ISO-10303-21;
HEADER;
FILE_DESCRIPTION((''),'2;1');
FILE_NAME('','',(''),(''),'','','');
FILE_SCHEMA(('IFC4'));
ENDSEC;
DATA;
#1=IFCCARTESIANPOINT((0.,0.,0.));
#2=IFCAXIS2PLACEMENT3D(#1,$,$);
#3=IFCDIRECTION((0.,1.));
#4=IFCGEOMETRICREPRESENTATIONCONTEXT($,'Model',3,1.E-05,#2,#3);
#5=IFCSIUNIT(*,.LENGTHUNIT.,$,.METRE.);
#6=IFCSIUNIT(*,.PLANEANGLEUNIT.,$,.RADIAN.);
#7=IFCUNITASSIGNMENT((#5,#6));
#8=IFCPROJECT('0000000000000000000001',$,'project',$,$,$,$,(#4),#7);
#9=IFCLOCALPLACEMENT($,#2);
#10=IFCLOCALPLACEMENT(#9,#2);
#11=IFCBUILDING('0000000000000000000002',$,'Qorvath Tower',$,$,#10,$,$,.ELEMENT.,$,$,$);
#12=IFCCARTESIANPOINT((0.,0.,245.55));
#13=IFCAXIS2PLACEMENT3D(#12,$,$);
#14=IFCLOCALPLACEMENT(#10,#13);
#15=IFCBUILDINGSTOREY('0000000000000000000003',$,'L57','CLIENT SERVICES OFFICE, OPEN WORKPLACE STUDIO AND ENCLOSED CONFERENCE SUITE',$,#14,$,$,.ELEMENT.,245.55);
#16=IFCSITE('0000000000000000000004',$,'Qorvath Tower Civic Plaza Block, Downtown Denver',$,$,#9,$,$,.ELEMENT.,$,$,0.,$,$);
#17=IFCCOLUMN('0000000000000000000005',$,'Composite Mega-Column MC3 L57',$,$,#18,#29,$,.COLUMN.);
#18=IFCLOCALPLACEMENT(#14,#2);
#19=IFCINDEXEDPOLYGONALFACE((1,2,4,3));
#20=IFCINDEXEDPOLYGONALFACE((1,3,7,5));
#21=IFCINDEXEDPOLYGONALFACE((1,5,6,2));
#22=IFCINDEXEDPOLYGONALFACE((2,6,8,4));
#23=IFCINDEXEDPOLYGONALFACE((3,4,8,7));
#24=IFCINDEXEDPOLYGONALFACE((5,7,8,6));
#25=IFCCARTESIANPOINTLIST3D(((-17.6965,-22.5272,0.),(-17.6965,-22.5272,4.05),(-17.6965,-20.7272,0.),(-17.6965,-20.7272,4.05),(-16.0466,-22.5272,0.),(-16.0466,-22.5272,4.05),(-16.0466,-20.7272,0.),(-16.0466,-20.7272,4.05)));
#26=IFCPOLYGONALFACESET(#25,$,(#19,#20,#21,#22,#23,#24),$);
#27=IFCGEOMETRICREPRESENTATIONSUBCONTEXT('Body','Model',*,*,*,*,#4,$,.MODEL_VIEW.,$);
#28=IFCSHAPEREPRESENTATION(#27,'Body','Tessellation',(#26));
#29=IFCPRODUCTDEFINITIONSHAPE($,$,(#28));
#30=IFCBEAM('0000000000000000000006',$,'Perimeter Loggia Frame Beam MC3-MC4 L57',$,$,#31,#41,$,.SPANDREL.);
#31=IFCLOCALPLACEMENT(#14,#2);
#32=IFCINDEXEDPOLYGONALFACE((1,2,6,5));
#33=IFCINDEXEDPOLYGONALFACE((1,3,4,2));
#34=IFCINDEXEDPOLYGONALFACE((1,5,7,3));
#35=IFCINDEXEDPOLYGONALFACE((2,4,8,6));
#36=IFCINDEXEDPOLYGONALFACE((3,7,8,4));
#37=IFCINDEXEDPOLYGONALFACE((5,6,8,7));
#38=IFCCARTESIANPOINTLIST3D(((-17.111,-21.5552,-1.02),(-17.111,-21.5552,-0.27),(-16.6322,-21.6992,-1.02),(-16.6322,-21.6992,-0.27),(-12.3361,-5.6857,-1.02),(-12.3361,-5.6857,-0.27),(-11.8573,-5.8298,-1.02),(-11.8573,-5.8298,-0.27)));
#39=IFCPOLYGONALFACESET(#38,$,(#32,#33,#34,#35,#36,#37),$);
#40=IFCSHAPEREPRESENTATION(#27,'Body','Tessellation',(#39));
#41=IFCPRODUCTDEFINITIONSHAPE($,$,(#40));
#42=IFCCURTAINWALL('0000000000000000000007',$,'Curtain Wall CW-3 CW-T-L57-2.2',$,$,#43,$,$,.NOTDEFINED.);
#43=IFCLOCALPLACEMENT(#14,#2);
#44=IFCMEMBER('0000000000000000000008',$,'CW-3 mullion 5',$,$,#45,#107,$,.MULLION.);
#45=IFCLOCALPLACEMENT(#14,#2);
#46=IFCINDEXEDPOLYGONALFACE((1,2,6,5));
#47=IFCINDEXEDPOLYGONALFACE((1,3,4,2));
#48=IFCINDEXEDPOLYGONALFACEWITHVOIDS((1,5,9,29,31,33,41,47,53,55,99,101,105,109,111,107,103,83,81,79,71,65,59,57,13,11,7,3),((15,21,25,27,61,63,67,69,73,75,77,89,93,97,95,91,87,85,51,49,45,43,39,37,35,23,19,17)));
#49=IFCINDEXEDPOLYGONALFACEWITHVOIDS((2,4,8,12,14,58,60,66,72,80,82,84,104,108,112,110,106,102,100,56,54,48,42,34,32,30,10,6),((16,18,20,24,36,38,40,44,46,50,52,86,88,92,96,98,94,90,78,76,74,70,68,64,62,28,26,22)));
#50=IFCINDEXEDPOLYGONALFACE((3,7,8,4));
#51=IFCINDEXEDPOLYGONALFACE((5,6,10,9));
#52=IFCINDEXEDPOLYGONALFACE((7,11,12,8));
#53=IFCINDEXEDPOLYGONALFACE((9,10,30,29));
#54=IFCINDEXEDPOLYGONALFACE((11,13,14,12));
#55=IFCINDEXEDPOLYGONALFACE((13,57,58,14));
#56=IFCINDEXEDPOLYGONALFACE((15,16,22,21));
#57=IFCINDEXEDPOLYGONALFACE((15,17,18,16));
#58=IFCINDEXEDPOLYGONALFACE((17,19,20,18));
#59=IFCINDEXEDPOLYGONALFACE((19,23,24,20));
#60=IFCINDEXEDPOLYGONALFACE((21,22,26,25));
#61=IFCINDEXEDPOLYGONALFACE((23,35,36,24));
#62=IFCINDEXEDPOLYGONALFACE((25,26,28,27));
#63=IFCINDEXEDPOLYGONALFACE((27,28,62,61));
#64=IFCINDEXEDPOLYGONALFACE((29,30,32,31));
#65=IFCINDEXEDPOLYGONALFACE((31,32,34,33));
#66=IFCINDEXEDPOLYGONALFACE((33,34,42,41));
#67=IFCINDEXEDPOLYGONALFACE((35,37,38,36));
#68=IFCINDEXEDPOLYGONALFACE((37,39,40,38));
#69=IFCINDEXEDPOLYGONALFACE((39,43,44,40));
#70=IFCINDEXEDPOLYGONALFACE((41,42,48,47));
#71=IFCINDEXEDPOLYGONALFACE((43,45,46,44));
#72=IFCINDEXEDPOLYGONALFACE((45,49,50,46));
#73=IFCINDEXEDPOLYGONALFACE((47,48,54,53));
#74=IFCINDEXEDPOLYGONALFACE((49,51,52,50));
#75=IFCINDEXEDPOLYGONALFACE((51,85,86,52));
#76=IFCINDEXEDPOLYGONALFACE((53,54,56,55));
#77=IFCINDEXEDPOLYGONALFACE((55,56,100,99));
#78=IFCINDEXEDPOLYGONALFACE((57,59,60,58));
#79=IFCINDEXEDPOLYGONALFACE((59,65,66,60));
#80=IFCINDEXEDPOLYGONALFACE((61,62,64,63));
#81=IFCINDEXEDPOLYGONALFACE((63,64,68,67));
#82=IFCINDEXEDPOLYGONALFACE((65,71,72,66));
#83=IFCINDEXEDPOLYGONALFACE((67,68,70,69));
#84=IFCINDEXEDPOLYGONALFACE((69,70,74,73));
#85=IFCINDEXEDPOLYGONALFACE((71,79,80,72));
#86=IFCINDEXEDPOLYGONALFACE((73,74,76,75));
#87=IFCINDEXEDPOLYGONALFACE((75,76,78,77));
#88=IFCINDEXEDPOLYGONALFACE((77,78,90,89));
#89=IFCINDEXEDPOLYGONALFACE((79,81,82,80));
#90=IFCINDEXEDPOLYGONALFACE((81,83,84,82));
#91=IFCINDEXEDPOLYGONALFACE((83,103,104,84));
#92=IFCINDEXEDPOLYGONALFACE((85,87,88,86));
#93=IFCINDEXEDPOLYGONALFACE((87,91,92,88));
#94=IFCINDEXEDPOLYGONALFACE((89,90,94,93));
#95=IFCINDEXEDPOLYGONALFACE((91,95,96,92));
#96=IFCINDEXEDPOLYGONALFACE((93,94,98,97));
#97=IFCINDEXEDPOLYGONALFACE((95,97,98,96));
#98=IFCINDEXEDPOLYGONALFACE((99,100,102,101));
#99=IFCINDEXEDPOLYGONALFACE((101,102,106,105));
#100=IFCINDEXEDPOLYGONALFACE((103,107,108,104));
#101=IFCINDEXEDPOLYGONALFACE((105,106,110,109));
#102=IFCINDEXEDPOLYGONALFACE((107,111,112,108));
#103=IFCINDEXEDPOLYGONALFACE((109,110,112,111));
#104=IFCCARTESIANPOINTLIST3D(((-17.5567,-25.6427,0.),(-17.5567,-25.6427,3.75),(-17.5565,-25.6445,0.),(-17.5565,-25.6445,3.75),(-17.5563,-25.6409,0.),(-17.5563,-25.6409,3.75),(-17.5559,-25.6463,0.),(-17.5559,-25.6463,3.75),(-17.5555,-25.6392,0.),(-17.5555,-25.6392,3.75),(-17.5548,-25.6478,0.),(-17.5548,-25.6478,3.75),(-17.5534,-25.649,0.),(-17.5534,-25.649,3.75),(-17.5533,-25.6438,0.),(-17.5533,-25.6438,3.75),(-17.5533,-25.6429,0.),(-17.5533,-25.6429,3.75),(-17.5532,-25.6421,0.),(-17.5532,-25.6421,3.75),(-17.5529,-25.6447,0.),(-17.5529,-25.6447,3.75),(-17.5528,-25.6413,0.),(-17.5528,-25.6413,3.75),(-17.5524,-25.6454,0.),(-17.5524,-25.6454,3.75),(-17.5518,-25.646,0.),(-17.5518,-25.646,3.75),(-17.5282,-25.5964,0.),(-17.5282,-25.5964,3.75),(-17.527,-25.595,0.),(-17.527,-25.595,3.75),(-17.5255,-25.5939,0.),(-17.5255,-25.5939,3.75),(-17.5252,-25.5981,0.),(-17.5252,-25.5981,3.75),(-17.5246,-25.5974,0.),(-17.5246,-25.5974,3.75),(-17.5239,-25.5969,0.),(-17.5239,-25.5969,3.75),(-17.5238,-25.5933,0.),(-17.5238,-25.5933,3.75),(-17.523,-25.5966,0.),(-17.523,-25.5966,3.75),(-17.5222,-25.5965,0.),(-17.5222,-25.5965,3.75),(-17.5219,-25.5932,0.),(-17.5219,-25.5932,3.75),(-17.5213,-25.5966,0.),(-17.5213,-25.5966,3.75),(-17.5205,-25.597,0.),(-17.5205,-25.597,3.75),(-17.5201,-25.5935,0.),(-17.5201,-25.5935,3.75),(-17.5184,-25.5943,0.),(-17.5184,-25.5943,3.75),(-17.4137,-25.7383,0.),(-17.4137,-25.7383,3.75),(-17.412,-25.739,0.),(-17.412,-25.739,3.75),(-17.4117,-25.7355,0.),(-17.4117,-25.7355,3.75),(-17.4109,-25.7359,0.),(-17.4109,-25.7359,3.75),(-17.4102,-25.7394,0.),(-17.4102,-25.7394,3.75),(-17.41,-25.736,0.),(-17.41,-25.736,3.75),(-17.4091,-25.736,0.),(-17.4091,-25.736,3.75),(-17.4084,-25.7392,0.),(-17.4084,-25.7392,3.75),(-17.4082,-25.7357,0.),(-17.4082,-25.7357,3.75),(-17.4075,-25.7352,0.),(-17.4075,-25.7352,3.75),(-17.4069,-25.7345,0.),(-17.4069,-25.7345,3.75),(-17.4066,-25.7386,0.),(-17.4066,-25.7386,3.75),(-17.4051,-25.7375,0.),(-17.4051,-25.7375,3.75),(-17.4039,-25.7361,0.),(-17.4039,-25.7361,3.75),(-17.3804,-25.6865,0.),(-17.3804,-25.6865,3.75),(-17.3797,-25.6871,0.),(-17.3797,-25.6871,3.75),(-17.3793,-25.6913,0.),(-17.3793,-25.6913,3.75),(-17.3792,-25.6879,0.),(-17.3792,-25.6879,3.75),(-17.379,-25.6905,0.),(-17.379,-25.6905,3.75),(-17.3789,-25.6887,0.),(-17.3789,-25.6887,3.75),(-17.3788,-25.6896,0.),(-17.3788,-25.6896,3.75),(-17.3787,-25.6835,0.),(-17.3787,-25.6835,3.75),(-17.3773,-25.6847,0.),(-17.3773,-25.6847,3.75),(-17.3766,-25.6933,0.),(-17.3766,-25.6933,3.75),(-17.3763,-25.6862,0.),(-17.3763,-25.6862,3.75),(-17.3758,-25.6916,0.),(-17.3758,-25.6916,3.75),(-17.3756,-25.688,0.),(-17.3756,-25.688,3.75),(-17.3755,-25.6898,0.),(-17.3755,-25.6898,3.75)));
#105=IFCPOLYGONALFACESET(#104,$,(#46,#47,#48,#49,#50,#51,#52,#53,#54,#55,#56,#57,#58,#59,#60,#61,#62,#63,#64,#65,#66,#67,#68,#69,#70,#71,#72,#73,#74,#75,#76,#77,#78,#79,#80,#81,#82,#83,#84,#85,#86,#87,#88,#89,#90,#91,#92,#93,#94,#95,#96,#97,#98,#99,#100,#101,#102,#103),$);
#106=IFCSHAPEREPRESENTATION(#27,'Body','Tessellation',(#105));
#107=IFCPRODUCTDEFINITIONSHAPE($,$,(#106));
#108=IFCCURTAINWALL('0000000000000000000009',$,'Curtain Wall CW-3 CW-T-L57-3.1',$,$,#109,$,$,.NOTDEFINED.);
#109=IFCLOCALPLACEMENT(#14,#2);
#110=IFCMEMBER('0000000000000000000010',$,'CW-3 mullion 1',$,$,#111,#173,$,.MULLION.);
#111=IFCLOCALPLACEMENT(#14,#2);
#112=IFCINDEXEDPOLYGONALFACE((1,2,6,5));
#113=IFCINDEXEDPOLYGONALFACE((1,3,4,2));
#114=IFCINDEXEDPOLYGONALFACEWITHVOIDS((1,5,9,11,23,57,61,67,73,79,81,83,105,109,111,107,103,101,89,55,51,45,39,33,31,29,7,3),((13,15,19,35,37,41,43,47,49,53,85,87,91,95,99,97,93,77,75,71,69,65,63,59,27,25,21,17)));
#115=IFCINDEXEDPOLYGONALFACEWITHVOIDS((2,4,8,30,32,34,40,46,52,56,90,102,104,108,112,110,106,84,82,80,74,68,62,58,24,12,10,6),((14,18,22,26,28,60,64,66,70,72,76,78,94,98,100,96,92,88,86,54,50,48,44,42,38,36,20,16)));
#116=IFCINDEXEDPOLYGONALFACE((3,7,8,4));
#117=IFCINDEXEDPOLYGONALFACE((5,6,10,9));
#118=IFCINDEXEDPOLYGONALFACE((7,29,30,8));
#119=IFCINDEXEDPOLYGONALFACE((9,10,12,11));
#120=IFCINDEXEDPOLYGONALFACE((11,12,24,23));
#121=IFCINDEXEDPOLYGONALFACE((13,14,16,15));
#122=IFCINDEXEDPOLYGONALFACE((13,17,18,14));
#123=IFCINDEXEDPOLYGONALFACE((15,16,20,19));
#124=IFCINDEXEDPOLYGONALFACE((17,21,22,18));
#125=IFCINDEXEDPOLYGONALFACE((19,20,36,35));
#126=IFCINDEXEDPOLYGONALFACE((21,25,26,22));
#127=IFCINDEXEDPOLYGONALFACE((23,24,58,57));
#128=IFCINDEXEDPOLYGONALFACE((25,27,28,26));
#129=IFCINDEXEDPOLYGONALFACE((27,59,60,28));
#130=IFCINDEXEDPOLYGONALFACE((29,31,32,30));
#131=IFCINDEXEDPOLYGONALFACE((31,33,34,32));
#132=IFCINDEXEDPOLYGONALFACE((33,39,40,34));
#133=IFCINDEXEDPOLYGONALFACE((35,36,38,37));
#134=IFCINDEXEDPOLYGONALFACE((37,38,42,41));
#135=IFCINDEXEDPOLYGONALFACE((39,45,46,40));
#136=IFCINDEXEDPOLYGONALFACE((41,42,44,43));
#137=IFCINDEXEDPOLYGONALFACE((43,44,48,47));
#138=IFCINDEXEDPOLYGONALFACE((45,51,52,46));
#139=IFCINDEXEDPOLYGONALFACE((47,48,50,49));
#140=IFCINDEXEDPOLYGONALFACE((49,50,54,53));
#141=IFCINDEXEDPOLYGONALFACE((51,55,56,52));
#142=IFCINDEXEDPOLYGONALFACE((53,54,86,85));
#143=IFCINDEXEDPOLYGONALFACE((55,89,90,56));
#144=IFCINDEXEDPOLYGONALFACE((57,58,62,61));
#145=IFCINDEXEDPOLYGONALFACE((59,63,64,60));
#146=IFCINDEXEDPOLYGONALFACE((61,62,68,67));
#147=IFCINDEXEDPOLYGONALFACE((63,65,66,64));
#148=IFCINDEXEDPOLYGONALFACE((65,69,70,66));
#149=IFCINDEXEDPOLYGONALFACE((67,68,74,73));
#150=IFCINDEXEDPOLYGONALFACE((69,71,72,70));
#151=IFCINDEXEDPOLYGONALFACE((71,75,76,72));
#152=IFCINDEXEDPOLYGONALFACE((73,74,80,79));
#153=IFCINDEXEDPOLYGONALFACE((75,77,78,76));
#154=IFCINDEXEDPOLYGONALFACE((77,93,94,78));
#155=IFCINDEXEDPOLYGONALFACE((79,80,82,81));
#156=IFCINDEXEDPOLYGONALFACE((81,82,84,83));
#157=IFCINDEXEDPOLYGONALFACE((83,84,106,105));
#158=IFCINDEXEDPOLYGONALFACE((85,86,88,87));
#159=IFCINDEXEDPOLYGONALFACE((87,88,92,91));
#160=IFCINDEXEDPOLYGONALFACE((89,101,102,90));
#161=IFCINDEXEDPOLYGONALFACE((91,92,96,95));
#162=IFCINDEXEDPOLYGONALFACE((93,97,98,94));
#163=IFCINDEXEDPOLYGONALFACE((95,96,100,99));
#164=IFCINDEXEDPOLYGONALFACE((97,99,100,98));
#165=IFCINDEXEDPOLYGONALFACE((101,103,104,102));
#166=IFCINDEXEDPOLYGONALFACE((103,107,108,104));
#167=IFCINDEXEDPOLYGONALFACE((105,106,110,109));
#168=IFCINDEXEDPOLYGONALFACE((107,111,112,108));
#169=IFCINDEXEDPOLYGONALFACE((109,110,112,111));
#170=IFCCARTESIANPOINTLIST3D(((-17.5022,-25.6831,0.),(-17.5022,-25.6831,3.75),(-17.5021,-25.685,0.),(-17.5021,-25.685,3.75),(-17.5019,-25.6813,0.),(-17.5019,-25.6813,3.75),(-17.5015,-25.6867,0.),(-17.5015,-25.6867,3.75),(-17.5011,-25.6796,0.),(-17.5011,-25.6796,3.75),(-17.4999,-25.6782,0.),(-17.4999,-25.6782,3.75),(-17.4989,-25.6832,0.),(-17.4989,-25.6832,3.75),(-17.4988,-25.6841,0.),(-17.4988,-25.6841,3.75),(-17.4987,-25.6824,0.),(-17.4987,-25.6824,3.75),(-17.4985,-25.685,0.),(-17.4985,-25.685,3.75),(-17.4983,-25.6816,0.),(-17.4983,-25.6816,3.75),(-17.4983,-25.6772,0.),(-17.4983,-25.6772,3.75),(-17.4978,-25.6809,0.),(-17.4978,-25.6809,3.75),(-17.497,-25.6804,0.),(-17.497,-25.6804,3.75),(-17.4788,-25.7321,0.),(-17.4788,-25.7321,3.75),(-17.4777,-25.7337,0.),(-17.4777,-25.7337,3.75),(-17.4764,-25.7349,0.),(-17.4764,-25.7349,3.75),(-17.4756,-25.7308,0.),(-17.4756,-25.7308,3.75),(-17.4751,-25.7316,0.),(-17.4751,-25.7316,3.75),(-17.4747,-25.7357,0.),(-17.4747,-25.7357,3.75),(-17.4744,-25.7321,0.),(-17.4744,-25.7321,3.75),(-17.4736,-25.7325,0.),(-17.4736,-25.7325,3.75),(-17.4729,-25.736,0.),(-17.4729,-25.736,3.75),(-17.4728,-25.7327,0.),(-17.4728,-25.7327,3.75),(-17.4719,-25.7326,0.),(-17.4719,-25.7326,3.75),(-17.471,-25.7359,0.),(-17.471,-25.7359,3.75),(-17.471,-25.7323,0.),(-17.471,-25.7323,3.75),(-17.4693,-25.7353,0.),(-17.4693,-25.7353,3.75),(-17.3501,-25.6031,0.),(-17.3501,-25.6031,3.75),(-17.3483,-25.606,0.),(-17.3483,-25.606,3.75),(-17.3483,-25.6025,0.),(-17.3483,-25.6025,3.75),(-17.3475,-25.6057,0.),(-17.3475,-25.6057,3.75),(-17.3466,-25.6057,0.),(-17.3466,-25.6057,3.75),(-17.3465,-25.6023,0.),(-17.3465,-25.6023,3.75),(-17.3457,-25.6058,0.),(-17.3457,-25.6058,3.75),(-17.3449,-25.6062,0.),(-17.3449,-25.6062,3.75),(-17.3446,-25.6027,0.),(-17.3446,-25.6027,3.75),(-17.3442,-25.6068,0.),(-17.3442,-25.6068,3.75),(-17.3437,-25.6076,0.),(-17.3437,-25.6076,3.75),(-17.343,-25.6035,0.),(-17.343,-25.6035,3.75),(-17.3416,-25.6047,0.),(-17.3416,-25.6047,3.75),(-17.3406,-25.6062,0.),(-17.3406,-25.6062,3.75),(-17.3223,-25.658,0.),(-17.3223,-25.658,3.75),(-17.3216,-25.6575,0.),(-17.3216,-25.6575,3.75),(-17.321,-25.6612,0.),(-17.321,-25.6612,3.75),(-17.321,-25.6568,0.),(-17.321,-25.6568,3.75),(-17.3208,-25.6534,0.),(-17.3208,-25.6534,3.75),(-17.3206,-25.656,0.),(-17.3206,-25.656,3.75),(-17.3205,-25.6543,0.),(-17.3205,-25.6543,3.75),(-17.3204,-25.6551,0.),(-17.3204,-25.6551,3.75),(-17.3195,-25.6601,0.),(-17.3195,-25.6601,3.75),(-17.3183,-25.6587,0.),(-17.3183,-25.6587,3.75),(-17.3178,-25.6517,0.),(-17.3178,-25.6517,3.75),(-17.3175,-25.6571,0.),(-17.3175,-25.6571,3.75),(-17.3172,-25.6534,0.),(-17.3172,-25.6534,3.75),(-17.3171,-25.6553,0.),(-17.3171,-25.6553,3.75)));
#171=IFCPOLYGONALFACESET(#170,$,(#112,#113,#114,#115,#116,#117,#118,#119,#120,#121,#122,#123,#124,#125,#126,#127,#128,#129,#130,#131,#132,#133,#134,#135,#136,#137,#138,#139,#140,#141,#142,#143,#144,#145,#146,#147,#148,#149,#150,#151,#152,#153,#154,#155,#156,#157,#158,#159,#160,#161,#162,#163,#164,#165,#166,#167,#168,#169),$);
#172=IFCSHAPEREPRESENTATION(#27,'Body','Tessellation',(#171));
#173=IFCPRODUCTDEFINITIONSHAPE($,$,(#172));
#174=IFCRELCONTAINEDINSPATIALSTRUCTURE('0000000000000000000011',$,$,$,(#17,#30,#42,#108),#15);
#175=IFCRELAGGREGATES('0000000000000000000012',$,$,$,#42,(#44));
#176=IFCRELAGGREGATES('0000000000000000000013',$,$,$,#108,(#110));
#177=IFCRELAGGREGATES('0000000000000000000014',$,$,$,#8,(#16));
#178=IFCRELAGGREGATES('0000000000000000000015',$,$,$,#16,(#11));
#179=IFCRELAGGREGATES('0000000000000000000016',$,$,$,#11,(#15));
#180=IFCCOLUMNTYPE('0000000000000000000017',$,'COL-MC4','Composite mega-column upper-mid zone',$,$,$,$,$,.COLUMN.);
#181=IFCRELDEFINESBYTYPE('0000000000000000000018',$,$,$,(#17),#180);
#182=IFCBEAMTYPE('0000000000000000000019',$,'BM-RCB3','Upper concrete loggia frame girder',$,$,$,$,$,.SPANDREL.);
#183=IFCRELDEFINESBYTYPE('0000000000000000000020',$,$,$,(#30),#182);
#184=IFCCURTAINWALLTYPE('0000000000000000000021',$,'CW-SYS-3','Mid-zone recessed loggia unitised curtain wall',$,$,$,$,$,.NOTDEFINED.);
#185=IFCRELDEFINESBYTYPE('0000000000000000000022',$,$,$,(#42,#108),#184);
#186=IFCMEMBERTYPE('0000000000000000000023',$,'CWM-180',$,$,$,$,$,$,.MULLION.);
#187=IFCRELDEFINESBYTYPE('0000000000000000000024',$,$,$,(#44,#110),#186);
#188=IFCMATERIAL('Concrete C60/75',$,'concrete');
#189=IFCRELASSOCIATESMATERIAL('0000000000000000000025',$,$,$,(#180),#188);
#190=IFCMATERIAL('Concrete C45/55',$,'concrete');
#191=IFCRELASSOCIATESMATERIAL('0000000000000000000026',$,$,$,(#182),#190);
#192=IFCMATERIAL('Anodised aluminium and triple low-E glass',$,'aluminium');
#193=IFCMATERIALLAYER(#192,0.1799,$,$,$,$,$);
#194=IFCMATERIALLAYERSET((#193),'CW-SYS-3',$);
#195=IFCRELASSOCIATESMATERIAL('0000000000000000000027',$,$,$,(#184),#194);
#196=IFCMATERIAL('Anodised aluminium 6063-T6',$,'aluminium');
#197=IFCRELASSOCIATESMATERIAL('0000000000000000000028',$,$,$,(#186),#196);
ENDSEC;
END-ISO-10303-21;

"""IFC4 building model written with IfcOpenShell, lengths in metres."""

from ifc_helpers import new_model, si_unit, direction, frame, origin, origin_2d, place, context, subcontext, project, spatial, rectangle, hollow_rectangle, extrude, material, layer, layer_set, material_profile, profile_set, type_object, element, aggregate, save


model = new_model("IFC4")

# Units and contexts
model_context = context("Model", 3, precision=1e-05, world=origin(), true_north=direction((0.0, 1.0)))
body_context = subcontext(model_context, "Body", "Model", "MODEL_VIEW")
ifc_project = project(units=[si_unit("LENGTHUNIT", "METRE"), si_unit("PLANEANGLEUNIT", "RADIAN")], contexts=[model_context])

# Site, building, storey
site_placement = place(None, origin())
site = spatial("IfcSite", under=ifc_project, at=site_placement, Name="Qorvath Tower Civic Plaza Block, Downtown Denver", CompositionType="ELEMENT", RefElevation=0.0)
building_placement = place(site_placement, origin())
building = spatial("IfcBuilding", under=site, at=building_placement, Name="Qorvath Tower", CompositionType="ELEMENT")
storey_placement = place(building_placement, frame((0.0, 0.0, 245.55)))
storey = spatial("IfcBuildingStorey", under=building, at=storey_placement, Name="L57", Description="CLIENT SERVICES OFFICE, OPEN WORKPLACE STUDIO AND ENCLOSED CONFERENCE SUITE", CompositionType="ELEMENT", Elevation=245.55)

# Column
ifc_material_1 = material(Name="Concrete C60/75", Category="concrete")
ifc_material_profile_1 = material_profile(ifc_material_1, rectangle(XDim=1.6499, YDim=1.8, at=origin_2d()), Name="MC 1800x1650")
ifc_profile_set_1 = profile_set([ifc_material_profile_1], Name="Concrete C60/75")
column_type = type_object("IfcColumnType", Name="COL-MC4", Description="Composite mega-column upper-mid zone", PredefinedType="COLUMN", material=ifc_profile_set_1)
column_placement = place(storey_placement, frame((-16.8716, -21.6272, 0.0), z_axis=(0.0, 0.0, 1.0), x_axis=(1.0, 0.0, 0.0)))
element("IfcColumn", 1, at=column_placement, inside=storey, type_object=column_type, Name="Composite Mega-Column MC3 L57", PredefinedType="COLUMN", context=body_context, shape_type="SweptSolid", body=[
    extrude(rectangle(XDim=1.6499, YDim=1.8, at=origin_2d()), origin(), (0.0, 0.0, 1.0), 4.05),
])

# Beam
ifc_material_2 = material(Name="Concrete C45/55", Category="concrete")
ifc_material_profile_2 = material_profile(ifc_material_2, rectangle(XDim=0.5, YDim=0.75, at=origin_2d()), Name="RCB 750x500")
ifc_profile_set_2 = profile_set([ifc_material_profile_2], Name="Concrete C45/55")
beam_type = type_object("IfcBeamType", Name="BM-RCB3", Description="Upper concrete loggia frame girder", PredefinedType="SPANDREL", material=ifc_profile_set_2)
beam_placement = place(storey_placement, frame((-16.8716, -21.6272, -0.645), z_axis=(0.288128, 0.957592, 0.0), x_axis=(-0.957592, 0.288128, 0.0)))
element("IfcBeam", 2, at=beam_placement, inside=storey, type_object=beam_type, Name="Perimeter Loggia Frame Beam MC3-MC4 L57", PredefinedType="SPANDREL", context=body_context, shape_type="SweptSolid", body=[
    extrude(rectangle(XDim=0.5, YDim=0.75, at=origin_2d()), origin(), (0.0, 0.0, 1.0), 16.5723),
])

# Curtain wall, member
ifc_material_3 = material(Name="Anodised aluminium and triple low-E glass", Category="aluminium")
ifc_layer_1 = layer(ifc_material_3, 0.1799)
ifc_layer_set_1 = layer_set([ifc_layer_1], Name="CW-SYS-3")
curtain_wall_type = type_object("IfcCurtainWallType", Name="CW-SYS-3", Description="Mid-zone recessed loggia unitised curtain wall", PredefinedType="NOTDEFINED", material=ifc_layer_set_1)
curtain_wall_1_placement = place(storey_placement, origin())
curtain_wall_1 = element("IfcCurtainWall", 3, at=curtain_wall_1_placement, inside=storey, type_object=curtain_wall_type, Name="Curtain Wall CW-3 CW-T-L57-2.2", PredefinedType="NOTDEFINED")
ifc_material_4 = material(Name="Anodised aluminium 6063-T6", Category="aluminium")
ifc_material_profile_3 = material_profile(ifc_material_4, hollow_rectangle(XDim=0.0649, YDim=0.1799, WallThickness=0.0034, InnerFilletRadius=0.0034, OuterFilletRadius=0.0071, at=origin_2d()), Name="CWM 180x65")
ifc_profile_set_3 = profile_set([ifc_material_profile_3], Name="Anodised aluminium 6063-T6")
member_type_1 = type_object("IfcMemberType", Name="CWM-180", PredefinedType="MULLION", material=ifc_profile_set_3)
member_1_placement = place(storey_placement, frame((-17.4661, -25.6663, 0.0), z_axis=(0.0, 0.0, 1.0), x_axis=(0.53853, 0.842606, 0.0)))
member_1 = element("IfcMember", 4, at=member_1_placement, type_object=member_type_1, Name="CW-3 mullion 5", PredefinedType="MULLION", context=body_context, shape_type="SweptSolid", body=[
    extrude(hollow_rectangle(XDim=0.0649, YDim=0.1799, WallThickness=0.0034, InnerFilletRadius=0.0034, OuterFilletRadius=0.0071, at=origin_2d()), origin(), (0.0, 0.0, 1.0), 3.75),
])

# Curtain wall, member
curtain_wall_2_placement = place(storey_placement, origin())
curtain_wall_2 = element("IfcCurtainWall", 5, at=curtain_wall_2_placement, inside=storey, type_object=curtain_wall_type, Name="Curtain Wall CW-3 CW-T-L57-3.1", PredefinedType="NOTDEFINED")
member_2_placement = place(storey_placement, frame((-17.4097, -25.6692, 0.0), z_axis=(0.0, 0.0, 1.0), x_axis=(-0.447175, 0.894447, 0.0)))
member_2 = element("IfcMember", 6, at=member_2_placement, type_object=member_type_1, Name="CW-3 mullion 1", PredefinedType="MULLION", context=body_context, shape_type="SweptSolid", body=[
    extrude(hollow_rectangle(XDim=0.0649, YDim=0.1799, WallThickness=0.0034, InnerFilletRadius=0.0034, OuterFilletRadius=0.0071, at=origin_2d()), origin(), (0.0, 0.0, 1.0), 3.75),
])

aggregate(curtain_wall_1, [member_1])
aggregate(curtain_wall_2, [member_2])

save(model, "model.ifc")
